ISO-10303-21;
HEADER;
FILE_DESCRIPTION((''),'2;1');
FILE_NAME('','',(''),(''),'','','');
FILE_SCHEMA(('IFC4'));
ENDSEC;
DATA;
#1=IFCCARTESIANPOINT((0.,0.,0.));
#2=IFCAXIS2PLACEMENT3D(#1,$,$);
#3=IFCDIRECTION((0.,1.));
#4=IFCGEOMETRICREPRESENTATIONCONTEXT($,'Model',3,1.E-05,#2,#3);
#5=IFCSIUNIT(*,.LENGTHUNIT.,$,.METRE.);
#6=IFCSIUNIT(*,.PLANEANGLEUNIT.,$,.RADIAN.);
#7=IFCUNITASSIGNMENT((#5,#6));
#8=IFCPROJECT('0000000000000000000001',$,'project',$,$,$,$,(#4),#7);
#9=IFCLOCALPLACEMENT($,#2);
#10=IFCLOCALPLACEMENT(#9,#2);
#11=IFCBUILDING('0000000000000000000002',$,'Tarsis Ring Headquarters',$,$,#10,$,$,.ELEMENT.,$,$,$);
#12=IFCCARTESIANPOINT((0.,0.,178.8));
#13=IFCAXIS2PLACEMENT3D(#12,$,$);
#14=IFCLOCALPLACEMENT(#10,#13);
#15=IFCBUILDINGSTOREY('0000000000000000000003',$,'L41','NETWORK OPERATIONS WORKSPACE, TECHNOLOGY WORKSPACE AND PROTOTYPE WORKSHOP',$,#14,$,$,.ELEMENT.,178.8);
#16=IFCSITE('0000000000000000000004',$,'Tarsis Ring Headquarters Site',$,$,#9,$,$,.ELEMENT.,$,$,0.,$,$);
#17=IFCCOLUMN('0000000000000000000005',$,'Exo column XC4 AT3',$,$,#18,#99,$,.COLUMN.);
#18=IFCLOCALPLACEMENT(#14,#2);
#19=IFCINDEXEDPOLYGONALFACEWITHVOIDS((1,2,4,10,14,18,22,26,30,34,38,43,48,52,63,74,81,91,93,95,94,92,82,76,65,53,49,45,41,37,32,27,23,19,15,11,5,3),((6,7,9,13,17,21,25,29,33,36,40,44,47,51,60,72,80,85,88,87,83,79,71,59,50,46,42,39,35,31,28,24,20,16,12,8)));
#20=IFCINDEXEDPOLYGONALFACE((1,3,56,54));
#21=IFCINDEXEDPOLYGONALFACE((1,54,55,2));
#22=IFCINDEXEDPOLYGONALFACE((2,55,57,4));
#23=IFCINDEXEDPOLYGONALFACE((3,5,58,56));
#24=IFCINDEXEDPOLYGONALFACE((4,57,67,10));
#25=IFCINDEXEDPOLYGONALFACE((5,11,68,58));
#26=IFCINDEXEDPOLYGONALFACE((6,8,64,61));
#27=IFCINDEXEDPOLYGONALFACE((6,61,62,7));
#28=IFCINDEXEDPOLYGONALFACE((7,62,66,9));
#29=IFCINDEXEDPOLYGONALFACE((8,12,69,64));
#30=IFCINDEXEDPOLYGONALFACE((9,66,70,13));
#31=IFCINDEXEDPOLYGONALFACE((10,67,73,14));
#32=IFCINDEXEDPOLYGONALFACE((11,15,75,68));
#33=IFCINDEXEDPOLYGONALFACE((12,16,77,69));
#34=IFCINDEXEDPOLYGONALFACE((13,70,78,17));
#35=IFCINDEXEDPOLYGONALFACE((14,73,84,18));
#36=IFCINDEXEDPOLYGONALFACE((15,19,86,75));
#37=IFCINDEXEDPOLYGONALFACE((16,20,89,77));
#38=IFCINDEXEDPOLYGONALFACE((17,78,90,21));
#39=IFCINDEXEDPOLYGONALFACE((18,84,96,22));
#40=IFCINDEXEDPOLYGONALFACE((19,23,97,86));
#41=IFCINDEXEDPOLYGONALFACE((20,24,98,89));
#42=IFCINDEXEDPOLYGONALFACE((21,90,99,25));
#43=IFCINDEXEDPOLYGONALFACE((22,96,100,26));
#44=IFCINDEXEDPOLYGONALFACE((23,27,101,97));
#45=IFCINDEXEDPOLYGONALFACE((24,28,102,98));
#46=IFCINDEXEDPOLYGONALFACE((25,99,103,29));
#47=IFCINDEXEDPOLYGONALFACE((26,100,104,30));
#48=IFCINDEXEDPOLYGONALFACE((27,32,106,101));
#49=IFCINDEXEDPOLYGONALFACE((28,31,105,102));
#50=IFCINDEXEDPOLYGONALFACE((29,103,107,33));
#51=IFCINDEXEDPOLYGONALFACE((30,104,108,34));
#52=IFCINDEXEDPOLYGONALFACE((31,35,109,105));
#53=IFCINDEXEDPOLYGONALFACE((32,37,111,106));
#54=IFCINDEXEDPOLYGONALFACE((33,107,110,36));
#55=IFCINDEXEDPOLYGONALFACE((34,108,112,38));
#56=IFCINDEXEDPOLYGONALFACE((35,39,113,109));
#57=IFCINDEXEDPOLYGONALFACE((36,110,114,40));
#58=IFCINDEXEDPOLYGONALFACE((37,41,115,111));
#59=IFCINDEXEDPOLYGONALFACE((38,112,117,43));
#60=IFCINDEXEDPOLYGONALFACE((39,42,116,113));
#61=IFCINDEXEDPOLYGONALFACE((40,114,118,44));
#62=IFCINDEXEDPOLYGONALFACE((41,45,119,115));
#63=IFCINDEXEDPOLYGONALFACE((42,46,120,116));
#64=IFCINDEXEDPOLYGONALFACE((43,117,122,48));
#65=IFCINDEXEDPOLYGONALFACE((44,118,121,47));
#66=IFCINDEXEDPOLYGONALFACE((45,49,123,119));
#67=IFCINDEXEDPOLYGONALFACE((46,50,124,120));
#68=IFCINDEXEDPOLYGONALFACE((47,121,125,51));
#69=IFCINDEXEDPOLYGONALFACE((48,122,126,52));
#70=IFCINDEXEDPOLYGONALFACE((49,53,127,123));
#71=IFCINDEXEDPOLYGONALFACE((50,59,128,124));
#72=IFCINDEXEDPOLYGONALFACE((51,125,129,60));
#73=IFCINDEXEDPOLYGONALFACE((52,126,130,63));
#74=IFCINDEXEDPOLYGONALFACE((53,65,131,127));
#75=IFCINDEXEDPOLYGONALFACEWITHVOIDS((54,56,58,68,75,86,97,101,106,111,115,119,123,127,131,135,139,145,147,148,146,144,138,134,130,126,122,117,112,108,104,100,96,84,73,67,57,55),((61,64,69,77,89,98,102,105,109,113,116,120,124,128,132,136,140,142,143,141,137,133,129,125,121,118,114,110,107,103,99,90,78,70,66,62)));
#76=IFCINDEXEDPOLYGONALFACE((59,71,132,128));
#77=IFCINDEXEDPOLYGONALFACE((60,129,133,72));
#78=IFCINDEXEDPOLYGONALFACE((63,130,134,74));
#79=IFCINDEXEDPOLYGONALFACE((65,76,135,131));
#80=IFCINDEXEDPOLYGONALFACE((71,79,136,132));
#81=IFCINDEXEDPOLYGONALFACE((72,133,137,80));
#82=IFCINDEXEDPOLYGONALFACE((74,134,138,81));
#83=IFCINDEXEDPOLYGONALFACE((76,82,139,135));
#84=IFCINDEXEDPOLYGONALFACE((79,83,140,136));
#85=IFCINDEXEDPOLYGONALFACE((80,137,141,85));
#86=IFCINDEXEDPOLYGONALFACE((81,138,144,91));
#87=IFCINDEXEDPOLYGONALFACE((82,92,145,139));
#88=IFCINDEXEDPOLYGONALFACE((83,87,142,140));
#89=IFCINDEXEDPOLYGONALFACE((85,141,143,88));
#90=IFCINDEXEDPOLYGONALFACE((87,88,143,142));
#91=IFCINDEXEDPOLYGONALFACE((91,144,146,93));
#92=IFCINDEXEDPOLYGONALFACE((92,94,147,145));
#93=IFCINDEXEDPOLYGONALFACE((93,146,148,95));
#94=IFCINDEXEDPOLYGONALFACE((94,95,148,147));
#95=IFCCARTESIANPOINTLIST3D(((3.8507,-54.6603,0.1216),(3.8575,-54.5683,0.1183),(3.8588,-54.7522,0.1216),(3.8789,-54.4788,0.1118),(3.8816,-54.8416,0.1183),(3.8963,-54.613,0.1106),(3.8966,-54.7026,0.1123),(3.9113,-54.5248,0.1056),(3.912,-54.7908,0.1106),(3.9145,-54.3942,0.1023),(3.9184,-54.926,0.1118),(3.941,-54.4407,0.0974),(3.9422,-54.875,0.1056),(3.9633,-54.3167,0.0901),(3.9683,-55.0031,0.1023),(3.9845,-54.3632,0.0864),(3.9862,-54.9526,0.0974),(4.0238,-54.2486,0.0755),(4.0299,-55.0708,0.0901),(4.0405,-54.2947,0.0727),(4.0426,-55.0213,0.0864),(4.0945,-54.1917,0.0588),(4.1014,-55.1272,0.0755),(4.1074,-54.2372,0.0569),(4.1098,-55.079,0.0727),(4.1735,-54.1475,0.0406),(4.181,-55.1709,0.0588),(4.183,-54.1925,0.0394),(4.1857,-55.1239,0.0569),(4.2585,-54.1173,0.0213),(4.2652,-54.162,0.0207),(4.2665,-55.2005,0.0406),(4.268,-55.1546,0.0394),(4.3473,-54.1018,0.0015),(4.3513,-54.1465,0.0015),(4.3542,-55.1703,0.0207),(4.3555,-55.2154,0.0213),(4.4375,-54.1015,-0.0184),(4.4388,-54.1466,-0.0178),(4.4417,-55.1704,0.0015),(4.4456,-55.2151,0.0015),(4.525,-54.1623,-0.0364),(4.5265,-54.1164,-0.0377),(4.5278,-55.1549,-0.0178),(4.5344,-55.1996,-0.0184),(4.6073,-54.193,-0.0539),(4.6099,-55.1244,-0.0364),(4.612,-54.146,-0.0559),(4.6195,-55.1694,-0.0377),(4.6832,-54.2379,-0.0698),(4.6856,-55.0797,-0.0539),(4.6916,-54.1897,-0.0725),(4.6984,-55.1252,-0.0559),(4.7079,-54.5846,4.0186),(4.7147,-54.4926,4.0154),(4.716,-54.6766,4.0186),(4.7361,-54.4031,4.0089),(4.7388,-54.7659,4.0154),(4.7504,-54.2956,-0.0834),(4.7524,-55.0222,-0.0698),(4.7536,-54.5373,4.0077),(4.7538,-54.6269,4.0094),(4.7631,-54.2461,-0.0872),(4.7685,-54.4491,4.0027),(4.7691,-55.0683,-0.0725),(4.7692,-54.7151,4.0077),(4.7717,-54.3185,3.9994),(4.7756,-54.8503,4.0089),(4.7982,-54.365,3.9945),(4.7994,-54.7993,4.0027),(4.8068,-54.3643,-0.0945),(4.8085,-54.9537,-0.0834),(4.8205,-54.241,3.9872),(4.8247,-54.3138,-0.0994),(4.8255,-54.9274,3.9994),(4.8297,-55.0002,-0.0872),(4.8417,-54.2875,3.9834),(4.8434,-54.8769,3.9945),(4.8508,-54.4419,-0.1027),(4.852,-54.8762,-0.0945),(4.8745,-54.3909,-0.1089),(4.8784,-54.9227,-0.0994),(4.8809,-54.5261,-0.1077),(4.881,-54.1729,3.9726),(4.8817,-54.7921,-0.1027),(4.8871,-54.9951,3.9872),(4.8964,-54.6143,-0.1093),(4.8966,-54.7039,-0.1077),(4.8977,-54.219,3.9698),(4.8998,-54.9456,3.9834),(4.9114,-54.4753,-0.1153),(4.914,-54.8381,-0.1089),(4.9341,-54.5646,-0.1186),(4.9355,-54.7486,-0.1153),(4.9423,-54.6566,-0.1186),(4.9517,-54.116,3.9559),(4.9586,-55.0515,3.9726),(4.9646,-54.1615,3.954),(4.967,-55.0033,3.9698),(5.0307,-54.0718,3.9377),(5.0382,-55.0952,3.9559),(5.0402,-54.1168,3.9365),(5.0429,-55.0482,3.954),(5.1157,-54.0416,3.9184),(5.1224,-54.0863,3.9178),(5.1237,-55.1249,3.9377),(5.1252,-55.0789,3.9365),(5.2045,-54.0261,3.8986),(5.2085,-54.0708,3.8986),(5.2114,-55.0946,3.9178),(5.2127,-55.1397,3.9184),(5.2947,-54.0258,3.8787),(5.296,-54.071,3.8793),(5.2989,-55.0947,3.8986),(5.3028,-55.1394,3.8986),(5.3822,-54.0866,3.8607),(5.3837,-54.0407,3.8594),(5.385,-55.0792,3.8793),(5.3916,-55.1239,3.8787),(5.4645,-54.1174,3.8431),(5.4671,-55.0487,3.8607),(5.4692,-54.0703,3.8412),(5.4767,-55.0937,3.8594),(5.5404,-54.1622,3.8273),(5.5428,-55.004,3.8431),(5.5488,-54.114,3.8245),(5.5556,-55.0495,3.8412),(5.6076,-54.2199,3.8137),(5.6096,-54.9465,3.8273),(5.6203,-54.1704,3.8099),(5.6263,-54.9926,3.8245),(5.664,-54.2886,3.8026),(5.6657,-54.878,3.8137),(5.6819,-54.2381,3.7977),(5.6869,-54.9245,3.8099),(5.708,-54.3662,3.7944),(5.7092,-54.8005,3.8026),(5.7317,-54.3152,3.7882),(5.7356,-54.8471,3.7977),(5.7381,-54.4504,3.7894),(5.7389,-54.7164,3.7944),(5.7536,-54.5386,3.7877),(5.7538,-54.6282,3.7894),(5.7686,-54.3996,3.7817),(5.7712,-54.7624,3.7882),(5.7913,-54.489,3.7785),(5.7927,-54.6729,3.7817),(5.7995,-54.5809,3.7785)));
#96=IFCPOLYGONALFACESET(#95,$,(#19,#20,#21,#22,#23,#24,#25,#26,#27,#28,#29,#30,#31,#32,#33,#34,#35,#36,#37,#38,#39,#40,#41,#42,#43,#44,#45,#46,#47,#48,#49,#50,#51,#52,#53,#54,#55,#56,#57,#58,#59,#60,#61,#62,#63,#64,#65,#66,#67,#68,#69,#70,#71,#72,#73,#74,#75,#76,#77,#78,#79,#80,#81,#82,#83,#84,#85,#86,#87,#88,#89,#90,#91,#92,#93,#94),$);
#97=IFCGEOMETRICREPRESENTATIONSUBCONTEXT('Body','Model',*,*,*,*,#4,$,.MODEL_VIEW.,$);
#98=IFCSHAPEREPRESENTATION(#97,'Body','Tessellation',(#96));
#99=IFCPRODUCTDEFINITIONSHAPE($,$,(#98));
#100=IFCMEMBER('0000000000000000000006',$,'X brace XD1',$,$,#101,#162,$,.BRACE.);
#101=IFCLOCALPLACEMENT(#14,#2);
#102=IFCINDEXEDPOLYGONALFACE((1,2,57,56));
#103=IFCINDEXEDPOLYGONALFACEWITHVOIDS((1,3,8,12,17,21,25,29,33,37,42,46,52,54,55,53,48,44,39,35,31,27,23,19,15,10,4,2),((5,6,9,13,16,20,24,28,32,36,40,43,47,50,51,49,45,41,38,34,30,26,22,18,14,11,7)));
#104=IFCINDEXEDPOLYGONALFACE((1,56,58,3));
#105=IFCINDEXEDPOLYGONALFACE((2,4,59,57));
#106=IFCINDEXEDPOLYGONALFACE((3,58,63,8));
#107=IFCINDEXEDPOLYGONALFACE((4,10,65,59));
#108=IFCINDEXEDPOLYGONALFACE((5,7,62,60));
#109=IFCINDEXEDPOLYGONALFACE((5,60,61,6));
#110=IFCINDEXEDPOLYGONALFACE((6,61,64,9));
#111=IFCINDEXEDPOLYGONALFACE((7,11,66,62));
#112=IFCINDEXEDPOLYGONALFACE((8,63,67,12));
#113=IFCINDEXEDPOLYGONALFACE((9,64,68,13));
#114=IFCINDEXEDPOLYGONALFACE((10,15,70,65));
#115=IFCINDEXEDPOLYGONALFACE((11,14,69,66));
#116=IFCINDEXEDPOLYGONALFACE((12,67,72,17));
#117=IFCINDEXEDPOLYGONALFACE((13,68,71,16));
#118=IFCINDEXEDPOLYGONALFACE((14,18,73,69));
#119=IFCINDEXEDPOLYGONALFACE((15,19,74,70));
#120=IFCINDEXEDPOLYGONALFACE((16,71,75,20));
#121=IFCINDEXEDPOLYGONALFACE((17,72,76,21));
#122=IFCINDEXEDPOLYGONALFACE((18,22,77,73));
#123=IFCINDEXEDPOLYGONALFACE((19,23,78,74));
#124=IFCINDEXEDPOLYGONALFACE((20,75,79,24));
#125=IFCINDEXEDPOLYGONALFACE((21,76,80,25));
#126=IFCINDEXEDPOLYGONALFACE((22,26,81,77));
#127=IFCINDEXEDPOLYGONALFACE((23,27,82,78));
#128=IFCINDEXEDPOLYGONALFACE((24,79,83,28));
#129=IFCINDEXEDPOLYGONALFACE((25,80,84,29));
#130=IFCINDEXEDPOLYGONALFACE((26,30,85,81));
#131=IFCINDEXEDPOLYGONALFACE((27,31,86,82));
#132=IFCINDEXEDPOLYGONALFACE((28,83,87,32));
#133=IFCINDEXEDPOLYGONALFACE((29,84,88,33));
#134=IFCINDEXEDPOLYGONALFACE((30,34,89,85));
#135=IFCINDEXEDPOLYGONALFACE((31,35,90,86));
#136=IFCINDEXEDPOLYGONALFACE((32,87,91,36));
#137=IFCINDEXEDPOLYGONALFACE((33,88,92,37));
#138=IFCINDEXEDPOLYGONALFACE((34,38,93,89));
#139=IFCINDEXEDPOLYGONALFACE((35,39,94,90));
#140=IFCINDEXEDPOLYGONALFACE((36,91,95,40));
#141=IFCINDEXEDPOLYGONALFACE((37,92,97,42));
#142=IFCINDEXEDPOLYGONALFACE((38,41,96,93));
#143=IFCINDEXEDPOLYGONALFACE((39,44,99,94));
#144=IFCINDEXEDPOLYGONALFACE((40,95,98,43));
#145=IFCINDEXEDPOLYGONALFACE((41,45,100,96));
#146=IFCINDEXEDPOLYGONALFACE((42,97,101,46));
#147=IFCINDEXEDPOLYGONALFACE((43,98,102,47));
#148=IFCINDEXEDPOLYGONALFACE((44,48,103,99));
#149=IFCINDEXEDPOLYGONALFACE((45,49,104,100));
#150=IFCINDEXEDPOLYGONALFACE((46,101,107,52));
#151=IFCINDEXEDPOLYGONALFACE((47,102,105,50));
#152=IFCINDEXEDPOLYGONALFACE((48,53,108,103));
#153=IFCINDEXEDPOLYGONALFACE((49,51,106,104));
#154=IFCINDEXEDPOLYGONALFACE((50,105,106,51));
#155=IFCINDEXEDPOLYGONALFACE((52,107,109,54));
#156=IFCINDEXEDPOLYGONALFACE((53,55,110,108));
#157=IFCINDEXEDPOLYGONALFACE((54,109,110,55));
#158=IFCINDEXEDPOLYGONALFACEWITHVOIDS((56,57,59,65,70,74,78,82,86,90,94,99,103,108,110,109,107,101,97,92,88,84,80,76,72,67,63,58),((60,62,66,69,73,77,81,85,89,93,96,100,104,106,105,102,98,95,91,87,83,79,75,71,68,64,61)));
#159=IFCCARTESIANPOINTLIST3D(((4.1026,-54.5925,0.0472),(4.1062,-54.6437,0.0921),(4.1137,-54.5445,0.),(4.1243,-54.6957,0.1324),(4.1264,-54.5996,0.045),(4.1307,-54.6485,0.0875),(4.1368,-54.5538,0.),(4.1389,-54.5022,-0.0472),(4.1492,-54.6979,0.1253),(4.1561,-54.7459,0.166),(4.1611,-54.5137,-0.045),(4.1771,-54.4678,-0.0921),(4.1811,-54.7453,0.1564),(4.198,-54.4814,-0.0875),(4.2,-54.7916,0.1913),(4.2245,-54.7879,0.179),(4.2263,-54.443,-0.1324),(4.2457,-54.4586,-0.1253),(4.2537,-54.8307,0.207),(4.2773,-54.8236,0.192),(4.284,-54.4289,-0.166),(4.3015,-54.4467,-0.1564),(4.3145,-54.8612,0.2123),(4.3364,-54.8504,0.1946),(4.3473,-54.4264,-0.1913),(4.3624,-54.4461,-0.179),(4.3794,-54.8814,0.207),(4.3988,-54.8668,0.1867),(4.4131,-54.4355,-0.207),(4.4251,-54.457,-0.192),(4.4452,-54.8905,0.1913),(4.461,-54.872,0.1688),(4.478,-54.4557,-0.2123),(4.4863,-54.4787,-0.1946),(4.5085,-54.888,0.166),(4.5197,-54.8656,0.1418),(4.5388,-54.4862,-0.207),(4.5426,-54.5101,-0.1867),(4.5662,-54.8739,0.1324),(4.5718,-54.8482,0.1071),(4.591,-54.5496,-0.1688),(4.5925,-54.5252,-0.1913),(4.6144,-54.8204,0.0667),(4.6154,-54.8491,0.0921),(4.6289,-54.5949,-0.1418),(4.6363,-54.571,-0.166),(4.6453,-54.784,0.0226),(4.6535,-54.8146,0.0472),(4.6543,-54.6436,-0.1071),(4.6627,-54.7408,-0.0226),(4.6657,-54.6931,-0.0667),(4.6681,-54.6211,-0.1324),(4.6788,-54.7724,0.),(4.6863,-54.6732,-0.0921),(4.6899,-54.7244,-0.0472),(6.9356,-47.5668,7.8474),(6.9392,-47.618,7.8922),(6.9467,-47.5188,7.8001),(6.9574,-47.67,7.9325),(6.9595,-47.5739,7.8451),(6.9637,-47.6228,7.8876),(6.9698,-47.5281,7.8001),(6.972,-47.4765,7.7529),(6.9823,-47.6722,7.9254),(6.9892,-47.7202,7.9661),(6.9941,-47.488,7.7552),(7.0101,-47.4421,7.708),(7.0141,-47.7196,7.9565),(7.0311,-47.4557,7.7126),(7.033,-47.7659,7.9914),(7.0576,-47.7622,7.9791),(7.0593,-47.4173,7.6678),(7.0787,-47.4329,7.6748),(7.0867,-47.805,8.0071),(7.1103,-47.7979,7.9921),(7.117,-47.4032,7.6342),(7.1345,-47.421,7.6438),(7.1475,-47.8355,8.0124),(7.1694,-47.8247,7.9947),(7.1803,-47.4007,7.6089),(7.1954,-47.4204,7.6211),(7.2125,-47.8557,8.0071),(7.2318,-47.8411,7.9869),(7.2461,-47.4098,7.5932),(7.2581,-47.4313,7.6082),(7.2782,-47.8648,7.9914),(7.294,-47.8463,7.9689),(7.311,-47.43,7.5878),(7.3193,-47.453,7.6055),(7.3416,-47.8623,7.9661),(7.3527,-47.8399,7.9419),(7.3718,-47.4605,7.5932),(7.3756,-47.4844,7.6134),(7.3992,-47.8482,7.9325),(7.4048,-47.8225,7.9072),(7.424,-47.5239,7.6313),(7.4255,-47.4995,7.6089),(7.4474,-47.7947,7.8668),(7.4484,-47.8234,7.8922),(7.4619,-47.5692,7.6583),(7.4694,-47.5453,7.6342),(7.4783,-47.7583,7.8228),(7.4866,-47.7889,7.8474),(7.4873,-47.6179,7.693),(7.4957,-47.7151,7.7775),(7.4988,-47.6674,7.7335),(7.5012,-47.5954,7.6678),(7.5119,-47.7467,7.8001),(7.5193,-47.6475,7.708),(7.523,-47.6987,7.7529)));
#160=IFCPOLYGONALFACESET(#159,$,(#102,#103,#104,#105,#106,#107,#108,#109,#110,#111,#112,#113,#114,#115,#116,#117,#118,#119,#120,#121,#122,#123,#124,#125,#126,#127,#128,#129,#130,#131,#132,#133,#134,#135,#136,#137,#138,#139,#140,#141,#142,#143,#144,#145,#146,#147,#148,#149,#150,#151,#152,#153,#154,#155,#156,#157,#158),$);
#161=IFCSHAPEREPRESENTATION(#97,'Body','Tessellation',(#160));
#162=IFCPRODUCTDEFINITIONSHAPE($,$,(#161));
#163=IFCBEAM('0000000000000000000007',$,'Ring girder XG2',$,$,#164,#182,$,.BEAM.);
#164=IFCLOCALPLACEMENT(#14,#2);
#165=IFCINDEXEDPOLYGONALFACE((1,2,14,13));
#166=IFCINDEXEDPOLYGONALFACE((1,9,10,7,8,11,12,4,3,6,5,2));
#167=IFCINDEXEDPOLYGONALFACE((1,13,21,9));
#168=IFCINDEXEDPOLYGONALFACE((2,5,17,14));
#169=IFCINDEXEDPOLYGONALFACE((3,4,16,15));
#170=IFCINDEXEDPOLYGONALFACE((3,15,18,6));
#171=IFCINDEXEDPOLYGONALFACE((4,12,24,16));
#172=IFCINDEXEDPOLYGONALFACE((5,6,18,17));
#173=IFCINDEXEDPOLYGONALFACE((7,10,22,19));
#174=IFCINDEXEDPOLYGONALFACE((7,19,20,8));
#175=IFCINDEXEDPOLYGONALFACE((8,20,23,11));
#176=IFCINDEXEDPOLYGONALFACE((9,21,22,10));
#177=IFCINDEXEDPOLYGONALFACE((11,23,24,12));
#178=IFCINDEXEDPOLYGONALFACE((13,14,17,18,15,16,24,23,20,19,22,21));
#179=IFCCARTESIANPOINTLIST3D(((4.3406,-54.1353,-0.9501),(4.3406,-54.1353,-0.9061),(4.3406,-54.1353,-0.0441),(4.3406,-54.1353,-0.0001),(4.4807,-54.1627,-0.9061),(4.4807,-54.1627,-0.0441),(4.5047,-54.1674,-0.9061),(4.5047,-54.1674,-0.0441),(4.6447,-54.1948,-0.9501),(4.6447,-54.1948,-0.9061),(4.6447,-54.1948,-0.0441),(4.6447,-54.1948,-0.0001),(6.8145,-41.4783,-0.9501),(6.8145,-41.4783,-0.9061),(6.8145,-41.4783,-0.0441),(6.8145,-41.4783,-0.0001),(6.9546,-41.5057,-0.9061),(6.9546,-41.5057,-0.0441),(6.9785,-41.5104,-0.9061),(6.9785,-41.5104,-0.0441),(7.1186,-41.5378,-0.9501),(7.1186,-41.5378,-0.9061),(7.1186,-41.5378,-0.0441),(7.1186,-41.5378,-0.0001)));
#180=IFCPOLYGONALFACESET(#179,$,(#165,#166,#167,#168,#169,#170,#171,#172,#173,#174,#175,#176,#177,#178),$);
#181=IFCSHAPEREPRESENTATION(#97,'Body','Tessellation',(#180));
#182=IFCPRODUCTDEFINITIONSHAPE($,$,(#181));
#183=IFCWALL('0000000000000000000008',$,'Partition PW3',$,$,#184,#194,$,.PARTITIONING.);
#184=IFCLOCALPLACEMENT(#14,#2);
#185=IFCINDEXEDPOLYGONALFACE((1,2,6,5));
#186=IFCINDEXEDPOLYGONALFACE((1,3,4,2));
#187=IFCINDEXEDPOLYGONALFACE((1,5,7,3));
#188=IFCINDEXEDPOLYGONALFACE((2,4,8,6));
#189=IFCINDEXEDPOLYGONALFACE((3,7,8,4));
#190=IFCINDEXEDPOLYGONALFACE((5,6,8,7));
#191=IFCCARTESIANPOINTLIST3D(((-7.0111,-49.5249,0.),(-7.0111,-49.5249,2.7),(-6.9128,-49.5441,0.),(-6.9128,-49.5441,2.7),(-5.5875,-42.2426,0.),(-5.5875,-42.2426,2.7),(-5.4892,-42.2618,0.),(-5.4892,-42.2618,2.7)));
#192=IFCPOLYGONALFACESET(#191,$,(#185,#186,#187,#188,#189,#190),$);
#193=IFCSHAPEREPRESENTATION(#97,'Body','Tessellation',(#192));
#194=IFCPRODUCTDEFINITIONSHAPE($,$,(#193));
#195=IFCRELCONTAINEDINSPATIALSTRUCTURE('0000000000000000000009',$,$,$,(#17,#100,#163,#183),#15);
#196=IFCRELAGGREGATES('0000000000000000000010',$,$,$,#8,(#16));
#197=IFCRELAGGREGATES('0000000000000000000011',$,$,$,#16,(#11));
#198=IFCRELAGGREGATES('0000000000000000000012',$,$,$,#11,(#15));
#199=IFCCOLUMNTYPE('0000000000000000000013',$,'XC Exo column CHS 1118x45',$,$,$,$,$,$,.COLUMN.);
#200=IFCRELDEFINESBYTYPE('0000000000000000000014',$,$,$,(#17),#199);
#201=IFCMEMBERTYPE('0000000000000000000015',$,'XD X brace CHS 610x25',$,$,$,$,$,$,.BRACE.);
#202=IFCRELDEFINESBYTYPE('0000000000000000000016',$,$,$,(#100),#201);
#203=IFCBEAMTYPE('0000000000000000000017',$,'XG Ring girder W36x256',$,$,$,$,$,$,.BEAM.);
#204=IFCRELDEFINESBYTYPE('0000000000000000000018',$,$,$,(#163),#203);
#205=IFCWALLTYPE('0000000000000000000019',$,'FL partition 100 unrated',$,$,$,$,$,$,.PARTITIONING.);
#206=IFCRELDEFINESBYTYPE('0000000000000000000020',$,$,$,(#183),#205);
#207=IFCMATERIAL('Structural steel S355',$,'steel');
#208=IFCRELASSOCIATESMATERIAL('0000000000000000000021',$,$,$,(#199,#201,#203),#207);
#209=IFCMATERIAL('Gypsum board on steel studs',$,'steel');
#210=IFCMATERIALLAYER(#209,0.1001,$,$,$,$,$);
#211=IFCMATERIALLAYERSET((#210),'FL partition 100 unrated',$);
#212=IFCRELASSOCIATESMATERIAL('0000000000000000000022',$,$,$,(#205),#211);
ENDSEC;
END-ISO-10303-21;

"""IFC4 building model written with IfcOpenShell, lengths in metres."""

from ifc_helpers import new_model, si_unit, direction, frame, frame_2d, origin, origin_2d, place, context, subcontext, project, spatial, rectangle, hollow_circle, i_section, extrude, material, layer, layer_set, material_profile, profile_set, type_object, element, save


model = new_model("IFC4")

# Units and contexts
model_context = context("Model", 3, precision=1e-05, world=origin(), true_north=direction((0.0, 1.0)))
body_context = subcontext(model_context, "Body", "Model", "MODEL_VIEW")
ifc_project = project(units=[si_unit("LENGTHUNIT", "METRE"), si_unit("PLANEANGLEUNIT", "RADIAN")], contexts=[model_context])

# Site, building, storey
site_placement = place(None, origin())
site = spatial("IfcSite", under=ifc_project, at=site_placement, Name="Tarsis Ring Headquarters Site", CompositionType="ELEMENT", RefElevation=0.0)
building_placement = place(site_placement, origin())
building = spatial("IfcBuilding", under=site, at=building_placement, Name="Tarsis Ring Headquarters", CompositionType="ELEMENT")
storey_placement = place(building_placement, frame((0.0, 0.0, 178.8)))
storey = spatial("IfcBuildingStorey", under=building, at=storey_placement, Name="L41", Description="NETWORK OPERATIONS WORKSPACE, TECHNOLOGY WORKSPACE AND PROTOTYPE WORKSHOP", CompositionType="ELEMENT", Elevation=178.8)

# Column
ifc_material_1 = material(Name="Structural steel S355", Category="steel")
ifc_material_profile_1 = material_profile(ifc_material_1, hollow_circle(Radius=0.5588, WallThickness=0.0449, at=origin_2d()), Name="CHS 1118x45")
ifc_profile_set_1 = profile_set([ifc_material_profile_1], Name="Structural steel S355")
column_type = type_object("IfcColumnType", Name="XC Exo column CHS 1118x45", PredefinedType="COLUMN", material=ifc_profile_set_1)
column_placement = place(storey_placement, frame((4.3965, -54.6584, 0.0015), z_axis=(0.214786, 0.018964, 0.976477), x_axis=(-0.087952, 0.996125, 0.0)))
element("IfcColumn", 1, at=column_placement, inside=storey, type_object=column_type, Name="Exo column XC4 AT3", PredefinedType="COLUMN", context=body_context, shape_type="SweptSolid", body=[
    extrude(hollow_circle(Radius=0.5588, WallThickness=0.0449, at=origin_2d()), origin(), (0.0, 0.0, 1.0), 3.991),
])

# Member
ifc_material_profile_2 = material_profile(ifc_material_1, hollow_circle(Radius=0.3047, WallThickness=0.0249, at=origin_2d()), Name="CHS 610x25")
ifc_profile_set_2 = profile_set([ifc_material_profile_2], Name="Structural steel S355")
member_type = type_object("IfcMemberType", Name="XD X brace CHS 610x25", PredefinedType="BRACE", material=ifc_profile_set_2)
member_placement = place(storey_placement, frame((4.3962, -54.6584, 0.0), z_axis=(0.26055, 0.646143, 0.717365), x_axis=(-0.927437, 0.373979, 0.0)))
element("IfcMember", 2, at=member_placement, inside=storey, type_object=member_type, Name="X brace XD1", PredefinedType="BRACE", context=body_context, shape_type="SweptSolid", body=[
    extrude(hollow_circle(Radius=0.3047, WallThickness=0.0249, at=origin_2d()), origin(), (0.0, 0.0, 1.0), 10.8733),
])

# Beam
ifc_material_profile_3 = material_profile(ifc_material_1, i_section(OverallWidth=0.3098, OverallDepth=0.95, WebThickness=0.0244, FlangeThickness=0.0439, at=origin_2d()), Name="W36x256")
ifc_profile_set_3 = profile_set([ifc_material_profile_3], Name="Structural steel S355")
beam_type = type_object("IfcBeamType", Name="XG Ring girder W36x256", PredefinedType="BEAM", material=ifc_profile_set_3)
beam_placement = place(storey_placement, frame((4.4927, -54.165, -0.4751), z_axis=(0.191826, 0.981429, 0.0), x_axis=(-0.981429, 0.191826, 0.0)))
element("IfcBeam", 3, at=beam_placement, inside=storey, type_object=beam_type, Name="Ring girder XG2", PredefinedType="BEAM", context=body_context, shape_type="SweptSolid", body=[
    extrude(i_section(OverallWidth=0.3098, OverallDepth=0.95, WebThickness=0.0244, FlangeThickness=0.0439, at=origin_2d()), origin(), (0.0, 0.0, 1.0), 12.8965),
])

# Wall
ifc_material_2 = material(Name="Gypsum board on steel studs", Category="steel")
ifc_layer_1 = layer(ifc_material_2, 0.1001)
ifc_layer_set_1 = layer_set([ifc_layer_1], Name="FL partition 100 unrated")
wall_type_1 = type_object("IfcWallType", Name="FL partition 100 unrated", PredefinedType="PARTITIONING", material=ifc_layer_set_1)
wall_1_placement = place(storey_placement, frame((-6.9619, -49.5344, 0.0), z_axis=(0.0, 0.0, 1.0), x_axis=(0.191856, 0.981423, 0.0)))
element("IfcWall", 4, at=wall_1_placement, inside=storey, type_object=wall_type_1, Name="Partition PW3", PredefinedType="PARTITIONING", context=body_context, shape_type="SweptSolid", body=[
    extrude(rectangle(XDim=7.4202, YDim=0.1001, at=frame_2d((3.71, 0.0))), origin(), (0.0, 0.0, 1.0), 2.7),
])

save(model, "model.ifc")
